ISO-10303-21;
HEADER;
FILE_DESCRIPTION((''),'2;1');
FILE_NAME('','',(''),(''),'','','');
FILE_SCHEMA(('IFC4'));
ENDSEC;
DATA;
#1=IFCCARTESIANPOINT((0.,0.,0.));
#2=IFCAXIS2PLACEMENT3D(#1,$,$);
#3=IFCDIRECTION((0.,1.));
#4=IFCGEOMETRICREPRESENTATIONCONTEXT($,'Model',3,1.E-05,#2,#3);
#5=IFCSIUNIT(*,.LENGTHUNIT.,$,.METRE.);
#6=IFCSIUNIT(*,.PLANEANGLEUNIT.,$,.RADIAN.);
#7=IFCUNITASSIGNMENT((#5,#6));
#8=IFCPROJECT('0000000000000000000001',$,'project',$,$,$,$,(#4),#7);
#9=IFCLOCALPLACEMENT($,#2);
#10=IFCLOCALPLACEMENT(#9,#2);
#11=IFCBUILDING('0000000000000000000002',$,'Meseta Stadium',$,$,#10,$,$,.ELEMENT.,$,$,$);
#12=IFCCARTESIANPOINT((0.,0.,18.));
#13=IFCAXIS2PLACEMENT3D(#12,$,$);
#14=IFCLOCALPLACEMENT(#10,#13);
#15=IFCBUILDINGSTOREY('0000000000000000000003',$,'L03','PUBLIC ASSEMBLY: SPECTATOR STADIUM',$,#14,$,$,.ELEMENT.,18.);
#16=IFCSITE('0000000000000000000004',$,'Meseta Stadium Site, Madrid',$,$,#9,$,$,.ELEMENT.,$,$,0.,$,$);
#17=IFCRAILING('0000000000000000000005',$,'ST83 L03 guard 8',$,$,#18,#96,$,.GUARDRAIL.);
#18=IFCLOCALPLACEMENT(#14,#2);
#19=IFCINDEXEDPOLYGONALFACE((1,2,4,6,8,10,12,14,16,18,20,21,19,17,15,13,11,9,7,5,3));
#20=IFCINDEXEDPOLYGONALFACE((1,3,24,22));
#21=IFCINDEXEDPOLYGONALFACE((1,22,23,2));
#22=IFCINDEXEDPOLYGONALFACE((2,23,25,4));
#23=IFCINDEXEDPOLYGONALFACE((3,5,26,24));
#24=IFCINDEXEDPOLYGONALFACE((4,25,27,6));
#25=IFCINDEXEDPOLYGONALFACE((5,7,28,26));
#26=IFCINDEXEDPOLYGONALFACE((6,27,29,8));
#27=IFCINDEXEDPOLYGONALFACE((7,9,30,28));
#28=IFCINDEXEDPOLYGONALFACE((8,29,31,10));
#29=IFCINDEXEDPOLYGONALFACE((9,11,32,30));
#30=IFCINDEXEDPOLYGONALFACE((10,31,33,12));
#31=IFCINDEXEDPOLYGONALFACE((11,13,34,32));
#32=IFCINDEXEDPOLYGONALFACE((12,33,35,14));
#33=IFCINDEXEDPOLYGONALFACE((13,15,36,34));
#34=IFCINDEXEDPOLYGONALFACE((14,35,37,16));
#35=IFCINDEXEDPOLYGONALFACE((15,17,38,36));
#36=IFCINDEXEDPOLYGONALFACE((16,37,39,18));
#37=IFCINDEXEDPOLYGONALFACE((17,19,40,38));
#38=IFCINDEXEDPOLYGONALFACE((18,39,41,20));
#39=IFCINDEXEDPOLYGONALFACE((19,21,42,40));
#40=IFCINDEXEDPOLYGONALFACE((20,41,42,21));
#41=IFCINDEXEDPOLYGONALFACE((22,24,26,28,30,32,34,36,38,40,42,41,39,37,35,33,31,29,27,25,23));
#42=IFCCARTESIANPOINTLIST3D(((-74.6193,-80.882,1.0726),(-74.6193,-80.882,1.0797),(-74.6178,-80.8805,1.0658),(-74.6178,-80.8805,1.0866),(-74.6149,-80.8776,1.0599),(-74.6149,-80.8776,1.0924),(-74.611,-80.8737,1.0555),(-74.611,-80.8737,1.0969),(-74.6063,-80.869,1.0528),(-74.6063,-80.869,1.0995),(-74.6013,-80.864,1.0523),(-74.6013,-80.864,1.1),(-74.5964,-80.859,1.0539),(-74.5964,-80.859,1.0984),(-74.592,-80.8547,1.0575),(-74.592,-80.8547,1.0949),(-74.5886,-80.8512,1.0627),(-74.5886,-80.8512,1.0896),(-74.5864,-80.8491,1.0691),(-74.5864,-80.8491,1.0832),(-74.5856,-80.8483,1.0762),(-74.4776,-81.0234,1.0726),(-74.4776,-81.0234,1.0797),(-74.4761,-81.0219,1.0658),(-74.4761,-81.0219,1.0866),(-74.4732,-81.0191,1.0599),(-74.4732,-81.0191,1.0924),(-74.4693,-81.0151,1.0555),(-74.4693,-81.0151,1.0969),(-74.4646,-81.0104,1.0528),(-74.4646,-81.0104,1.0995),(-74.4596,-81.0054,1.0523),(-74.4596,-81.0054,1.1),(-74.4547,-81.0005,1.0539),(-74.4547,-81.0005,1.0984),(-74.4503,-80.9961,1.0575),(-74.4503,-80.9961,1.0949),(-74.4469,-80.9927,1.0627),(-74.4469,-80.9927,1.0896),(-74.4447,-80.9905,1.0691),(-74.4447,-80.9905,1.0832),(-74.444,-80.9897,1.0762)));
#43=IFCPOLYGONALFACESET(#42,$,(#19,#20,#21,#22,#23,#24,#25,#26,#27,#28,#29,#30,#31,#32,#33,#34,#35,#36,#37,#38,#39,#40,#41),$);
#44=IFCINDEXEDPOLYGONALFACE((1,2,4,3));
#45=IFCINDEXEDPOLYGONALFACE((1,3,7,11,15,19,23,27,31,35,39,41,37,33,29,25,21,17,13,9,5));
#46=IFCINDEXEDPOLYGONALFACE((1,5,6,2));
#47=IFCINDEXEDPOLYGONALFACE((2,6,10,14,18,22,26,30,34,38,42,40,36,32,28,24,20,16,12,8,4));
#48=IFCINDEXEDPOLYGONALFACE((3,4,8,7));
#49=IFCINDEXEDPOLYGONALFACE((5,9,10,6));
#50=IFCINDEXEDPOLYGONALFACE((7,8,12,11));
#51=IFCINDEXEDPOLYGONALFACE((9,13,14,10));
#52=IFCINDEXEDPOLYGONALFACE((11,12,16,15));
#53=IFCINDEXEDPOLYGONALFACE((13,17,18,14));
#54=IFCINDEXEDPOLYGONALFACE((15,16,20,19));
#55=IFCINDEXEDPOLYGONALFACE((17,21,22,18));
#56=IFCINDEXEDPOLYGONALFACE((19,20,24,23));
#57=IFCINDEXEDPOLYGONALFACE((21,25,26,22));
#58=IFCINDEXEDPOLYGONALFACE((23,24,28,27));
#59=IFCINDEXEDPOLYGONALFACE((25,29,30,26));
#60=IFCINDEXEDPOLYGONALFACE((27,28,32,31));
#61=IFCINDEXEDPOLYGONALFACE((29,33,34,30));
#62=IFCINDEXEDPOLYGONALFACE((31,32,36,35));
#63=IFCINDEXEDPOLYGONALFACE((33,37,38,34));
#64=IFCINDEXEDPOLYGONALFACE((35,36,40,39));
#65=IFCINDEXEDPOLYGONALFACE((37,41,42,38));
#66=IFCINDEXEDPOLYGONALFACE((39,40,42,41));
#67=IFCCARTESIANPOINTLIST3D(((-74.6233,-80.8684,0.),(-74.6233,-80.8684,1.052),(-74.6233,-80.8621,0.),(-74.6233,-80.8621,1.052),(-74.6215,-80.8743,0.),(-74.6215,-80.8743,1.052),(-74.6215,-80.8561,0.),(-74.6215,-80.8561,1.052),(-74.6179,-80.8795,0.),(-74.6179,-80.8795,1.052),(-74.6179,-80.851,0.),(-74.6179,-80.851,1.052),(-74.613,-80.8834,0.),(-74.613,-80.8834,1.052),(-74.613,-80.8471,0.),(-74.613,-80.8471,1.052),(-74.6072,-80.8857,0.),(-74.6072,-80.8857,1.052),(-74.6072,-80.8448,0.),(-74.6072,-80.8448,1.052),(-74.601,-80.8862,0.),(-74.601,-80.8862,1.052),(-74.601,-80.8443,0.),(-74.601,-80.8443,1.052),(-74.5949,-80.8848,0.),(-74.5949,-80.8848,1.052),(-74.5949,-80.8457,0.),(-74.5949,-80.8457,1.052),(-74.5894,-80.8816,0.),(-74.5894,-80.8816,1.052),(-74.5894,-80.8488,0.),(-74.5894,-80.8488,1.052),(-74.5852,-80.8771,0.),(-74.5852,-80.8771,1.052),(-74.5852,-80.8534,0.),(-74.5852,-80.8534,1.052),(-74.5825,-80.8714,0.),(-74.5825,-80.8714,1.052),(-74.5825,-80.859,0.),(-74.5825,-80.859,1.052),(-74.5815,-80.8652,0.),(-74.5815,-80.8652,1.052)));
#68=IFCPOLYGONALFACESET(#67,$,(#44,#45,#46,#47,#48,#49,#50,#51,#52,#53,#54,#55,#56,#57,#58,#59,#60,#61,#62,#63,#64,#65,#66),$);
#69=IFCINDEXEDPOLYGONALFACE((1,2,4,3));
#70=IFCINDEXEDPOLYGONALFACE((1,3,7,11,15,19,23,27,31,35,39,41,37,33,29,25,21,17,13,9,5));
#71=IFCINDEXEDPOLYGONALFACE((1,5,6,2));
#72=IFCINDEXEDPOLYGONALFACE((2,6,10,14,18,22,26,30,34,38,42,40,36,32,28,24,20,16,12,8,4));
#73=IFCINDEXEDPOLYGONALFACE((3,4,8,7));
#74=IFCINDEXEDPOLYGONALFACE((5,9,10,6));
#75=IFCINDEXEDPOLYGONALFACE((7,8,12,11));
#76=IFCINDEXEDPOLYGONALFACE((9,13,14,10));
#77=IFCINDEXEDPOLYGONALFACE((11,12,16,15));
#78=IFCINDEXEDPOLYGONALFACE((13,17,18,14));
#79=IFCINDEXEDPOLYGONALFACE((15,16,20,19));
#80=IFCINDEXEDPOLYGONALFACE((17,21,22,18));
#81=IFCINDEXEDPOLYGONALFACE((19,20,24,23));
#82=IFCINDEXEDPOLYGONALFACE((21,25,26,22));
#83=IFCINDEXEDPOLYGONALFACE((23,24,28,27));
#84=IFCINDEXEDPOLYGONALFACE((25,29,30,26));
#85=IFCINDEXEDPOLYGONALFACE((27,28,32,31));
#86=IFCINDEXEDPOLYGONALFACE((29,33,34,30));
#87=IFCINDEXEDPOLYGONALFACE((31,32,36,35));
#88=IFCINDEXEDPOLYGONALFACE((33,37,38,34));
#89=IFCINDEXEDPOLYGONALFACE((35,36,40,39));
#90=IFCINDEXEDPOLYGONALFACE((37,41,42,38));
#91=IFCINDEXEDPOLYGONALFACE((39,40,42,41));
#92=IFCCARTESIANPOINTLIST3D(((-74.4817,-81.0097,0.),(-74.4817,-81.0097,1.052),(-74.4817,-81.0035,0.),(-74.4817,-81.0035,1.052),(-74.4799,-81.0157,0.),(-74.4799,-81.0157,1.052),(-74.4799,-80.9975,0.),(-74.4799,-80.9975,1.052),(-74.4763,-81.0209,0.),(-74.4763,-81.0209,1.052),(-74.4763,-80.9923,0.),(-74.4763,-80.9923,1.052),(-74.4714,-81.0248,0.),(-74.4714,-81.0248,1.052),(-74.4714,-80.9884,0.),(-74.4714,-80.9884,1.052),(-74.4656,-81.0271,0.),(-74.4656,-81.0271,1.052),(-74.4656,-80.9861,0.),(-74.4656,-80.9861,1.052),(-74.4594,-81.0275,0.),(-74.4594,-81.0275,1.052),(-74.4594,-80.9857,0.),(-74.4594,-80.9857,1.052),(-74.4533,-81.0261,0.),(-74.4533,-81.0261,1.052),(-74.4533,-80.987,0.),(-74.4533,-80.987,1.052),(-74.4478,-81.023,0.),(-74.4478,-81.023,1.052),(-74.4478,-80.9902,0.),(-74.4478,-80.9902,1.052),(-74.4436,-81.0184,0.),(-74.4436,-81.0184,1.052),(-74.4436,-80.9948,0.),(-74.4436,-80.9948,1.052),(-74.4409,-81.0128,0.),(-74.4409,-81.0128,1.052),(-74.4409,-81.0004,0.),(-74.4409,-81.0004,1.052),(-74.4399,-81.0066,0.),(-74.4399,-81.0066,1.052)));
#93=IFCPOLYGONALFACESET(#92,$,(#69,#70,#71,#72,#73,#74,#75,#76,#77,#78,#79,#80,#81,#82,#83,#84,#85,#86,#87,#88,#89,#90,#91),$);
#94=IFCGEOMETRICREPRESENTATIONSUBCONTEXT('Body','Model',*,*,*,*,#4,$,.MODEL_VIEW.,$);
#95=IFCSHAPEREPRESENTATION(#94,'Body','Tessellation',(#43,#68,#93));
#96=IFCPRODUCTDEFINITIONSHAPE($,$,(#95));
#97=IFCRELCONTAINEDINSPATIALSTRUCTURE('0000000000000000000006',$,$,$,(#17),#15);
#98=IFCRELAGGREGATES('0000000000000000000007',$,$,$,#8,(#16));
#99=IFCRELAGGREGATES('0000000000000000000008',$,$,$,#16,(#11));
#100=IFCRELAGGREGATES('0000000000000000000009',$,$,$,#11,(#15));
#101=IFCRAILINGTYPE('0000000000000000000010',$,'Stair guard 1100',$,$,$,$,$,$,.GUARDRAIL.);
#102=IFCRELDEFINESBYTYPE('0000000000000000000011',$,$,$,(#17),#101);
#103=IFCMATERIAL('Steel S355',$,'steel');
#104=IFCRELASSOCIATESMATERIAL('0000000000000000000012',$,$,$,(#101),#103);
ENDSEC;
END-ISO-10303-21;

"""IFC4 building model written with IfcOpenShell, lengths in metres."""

from ifc_helpers import new_model, si_unit, direction, frame, origin, origin_2d, place, context, subcontext, project, spatial, circle, extrude, material, type_object, element, save


model = new_model("IFC4")

# Units and contexts
model_context = context("Model", 3, precision=1e-05, world=origin(), true_north=direction((0.0, 1.0)))
body_context = subcontext(model_context, "Body", "Model", "MODEL_VIEW")
ifc_project = project(units=[si_unit("LENGTHUNIT", "METRE"), si_unit("PLANEANGLEUNIT", "RADIAN")], contexts=[model_context])

# Site, building, storey
site_placement = place(None, origin())
site = spatial("IfcSite", under=ifc_project, at=site_placement, Name="Meseta Stadium Site, Madrid", CompositionType="ELEMENT", RefElevation=0.0)
building_placement = place(site_placement, origin())
building = spatial("IfcBuilding", under=site, at=building_placement, Name="Meseta Stadium", CompositionType="ELEMENT")
storey_placement = place(building_placement, frame((0.0, 0.0, 18.0)))
storey = spatial("IfcBuildingStorey", under=building, at=storey_placement, Name="L03", Description="PUBLIC ASSEMBLY: SPECTATOR STADIUM", CompositionType="ELEMENT", Elevation=18.0)

# Railing
ifc_material_1 = material(Name="Steel S355", Category="steel")
railing_type_1 = type_object("IfcRailingType", Name="Stair guard 1100", PredefinedType="GUARDRAIL", material=ifc_material_1)
railing_1_placement = place(storey_placement, frame((-74.6025, -80.8652, 0.0)))
element("IfcRailing", 1, at=railing_1_placement, inside=storey, type_object=railing_type_1, Name="ST83 L03 guard 8", PredefinedType="GUARDRAIL", context=body_context, shape_type="SweptSolid", body=[
    extrude(circle(Radius=0.0239, at=origin_2d()), frame((0.0, 0.0, 1.0762), z_axis=(0.707717, -0.706496, 0.0), x_axis=(0.706496, 0.707717, 0.0)), (0.0, 0.0, 1.0), 0.2002),
    extrude(circle(Radius=0.021, at=origin_2d()), origin(), (0.0, 0.0, 1.0), 1.052),
    extrude(circle(Radius=0.021, at=origin_2d()), frame((0.1416, -0.1414, 0.0)), (0.0, 0.0, 1.0), 1.052),
])

save(model, "model.ifc")
